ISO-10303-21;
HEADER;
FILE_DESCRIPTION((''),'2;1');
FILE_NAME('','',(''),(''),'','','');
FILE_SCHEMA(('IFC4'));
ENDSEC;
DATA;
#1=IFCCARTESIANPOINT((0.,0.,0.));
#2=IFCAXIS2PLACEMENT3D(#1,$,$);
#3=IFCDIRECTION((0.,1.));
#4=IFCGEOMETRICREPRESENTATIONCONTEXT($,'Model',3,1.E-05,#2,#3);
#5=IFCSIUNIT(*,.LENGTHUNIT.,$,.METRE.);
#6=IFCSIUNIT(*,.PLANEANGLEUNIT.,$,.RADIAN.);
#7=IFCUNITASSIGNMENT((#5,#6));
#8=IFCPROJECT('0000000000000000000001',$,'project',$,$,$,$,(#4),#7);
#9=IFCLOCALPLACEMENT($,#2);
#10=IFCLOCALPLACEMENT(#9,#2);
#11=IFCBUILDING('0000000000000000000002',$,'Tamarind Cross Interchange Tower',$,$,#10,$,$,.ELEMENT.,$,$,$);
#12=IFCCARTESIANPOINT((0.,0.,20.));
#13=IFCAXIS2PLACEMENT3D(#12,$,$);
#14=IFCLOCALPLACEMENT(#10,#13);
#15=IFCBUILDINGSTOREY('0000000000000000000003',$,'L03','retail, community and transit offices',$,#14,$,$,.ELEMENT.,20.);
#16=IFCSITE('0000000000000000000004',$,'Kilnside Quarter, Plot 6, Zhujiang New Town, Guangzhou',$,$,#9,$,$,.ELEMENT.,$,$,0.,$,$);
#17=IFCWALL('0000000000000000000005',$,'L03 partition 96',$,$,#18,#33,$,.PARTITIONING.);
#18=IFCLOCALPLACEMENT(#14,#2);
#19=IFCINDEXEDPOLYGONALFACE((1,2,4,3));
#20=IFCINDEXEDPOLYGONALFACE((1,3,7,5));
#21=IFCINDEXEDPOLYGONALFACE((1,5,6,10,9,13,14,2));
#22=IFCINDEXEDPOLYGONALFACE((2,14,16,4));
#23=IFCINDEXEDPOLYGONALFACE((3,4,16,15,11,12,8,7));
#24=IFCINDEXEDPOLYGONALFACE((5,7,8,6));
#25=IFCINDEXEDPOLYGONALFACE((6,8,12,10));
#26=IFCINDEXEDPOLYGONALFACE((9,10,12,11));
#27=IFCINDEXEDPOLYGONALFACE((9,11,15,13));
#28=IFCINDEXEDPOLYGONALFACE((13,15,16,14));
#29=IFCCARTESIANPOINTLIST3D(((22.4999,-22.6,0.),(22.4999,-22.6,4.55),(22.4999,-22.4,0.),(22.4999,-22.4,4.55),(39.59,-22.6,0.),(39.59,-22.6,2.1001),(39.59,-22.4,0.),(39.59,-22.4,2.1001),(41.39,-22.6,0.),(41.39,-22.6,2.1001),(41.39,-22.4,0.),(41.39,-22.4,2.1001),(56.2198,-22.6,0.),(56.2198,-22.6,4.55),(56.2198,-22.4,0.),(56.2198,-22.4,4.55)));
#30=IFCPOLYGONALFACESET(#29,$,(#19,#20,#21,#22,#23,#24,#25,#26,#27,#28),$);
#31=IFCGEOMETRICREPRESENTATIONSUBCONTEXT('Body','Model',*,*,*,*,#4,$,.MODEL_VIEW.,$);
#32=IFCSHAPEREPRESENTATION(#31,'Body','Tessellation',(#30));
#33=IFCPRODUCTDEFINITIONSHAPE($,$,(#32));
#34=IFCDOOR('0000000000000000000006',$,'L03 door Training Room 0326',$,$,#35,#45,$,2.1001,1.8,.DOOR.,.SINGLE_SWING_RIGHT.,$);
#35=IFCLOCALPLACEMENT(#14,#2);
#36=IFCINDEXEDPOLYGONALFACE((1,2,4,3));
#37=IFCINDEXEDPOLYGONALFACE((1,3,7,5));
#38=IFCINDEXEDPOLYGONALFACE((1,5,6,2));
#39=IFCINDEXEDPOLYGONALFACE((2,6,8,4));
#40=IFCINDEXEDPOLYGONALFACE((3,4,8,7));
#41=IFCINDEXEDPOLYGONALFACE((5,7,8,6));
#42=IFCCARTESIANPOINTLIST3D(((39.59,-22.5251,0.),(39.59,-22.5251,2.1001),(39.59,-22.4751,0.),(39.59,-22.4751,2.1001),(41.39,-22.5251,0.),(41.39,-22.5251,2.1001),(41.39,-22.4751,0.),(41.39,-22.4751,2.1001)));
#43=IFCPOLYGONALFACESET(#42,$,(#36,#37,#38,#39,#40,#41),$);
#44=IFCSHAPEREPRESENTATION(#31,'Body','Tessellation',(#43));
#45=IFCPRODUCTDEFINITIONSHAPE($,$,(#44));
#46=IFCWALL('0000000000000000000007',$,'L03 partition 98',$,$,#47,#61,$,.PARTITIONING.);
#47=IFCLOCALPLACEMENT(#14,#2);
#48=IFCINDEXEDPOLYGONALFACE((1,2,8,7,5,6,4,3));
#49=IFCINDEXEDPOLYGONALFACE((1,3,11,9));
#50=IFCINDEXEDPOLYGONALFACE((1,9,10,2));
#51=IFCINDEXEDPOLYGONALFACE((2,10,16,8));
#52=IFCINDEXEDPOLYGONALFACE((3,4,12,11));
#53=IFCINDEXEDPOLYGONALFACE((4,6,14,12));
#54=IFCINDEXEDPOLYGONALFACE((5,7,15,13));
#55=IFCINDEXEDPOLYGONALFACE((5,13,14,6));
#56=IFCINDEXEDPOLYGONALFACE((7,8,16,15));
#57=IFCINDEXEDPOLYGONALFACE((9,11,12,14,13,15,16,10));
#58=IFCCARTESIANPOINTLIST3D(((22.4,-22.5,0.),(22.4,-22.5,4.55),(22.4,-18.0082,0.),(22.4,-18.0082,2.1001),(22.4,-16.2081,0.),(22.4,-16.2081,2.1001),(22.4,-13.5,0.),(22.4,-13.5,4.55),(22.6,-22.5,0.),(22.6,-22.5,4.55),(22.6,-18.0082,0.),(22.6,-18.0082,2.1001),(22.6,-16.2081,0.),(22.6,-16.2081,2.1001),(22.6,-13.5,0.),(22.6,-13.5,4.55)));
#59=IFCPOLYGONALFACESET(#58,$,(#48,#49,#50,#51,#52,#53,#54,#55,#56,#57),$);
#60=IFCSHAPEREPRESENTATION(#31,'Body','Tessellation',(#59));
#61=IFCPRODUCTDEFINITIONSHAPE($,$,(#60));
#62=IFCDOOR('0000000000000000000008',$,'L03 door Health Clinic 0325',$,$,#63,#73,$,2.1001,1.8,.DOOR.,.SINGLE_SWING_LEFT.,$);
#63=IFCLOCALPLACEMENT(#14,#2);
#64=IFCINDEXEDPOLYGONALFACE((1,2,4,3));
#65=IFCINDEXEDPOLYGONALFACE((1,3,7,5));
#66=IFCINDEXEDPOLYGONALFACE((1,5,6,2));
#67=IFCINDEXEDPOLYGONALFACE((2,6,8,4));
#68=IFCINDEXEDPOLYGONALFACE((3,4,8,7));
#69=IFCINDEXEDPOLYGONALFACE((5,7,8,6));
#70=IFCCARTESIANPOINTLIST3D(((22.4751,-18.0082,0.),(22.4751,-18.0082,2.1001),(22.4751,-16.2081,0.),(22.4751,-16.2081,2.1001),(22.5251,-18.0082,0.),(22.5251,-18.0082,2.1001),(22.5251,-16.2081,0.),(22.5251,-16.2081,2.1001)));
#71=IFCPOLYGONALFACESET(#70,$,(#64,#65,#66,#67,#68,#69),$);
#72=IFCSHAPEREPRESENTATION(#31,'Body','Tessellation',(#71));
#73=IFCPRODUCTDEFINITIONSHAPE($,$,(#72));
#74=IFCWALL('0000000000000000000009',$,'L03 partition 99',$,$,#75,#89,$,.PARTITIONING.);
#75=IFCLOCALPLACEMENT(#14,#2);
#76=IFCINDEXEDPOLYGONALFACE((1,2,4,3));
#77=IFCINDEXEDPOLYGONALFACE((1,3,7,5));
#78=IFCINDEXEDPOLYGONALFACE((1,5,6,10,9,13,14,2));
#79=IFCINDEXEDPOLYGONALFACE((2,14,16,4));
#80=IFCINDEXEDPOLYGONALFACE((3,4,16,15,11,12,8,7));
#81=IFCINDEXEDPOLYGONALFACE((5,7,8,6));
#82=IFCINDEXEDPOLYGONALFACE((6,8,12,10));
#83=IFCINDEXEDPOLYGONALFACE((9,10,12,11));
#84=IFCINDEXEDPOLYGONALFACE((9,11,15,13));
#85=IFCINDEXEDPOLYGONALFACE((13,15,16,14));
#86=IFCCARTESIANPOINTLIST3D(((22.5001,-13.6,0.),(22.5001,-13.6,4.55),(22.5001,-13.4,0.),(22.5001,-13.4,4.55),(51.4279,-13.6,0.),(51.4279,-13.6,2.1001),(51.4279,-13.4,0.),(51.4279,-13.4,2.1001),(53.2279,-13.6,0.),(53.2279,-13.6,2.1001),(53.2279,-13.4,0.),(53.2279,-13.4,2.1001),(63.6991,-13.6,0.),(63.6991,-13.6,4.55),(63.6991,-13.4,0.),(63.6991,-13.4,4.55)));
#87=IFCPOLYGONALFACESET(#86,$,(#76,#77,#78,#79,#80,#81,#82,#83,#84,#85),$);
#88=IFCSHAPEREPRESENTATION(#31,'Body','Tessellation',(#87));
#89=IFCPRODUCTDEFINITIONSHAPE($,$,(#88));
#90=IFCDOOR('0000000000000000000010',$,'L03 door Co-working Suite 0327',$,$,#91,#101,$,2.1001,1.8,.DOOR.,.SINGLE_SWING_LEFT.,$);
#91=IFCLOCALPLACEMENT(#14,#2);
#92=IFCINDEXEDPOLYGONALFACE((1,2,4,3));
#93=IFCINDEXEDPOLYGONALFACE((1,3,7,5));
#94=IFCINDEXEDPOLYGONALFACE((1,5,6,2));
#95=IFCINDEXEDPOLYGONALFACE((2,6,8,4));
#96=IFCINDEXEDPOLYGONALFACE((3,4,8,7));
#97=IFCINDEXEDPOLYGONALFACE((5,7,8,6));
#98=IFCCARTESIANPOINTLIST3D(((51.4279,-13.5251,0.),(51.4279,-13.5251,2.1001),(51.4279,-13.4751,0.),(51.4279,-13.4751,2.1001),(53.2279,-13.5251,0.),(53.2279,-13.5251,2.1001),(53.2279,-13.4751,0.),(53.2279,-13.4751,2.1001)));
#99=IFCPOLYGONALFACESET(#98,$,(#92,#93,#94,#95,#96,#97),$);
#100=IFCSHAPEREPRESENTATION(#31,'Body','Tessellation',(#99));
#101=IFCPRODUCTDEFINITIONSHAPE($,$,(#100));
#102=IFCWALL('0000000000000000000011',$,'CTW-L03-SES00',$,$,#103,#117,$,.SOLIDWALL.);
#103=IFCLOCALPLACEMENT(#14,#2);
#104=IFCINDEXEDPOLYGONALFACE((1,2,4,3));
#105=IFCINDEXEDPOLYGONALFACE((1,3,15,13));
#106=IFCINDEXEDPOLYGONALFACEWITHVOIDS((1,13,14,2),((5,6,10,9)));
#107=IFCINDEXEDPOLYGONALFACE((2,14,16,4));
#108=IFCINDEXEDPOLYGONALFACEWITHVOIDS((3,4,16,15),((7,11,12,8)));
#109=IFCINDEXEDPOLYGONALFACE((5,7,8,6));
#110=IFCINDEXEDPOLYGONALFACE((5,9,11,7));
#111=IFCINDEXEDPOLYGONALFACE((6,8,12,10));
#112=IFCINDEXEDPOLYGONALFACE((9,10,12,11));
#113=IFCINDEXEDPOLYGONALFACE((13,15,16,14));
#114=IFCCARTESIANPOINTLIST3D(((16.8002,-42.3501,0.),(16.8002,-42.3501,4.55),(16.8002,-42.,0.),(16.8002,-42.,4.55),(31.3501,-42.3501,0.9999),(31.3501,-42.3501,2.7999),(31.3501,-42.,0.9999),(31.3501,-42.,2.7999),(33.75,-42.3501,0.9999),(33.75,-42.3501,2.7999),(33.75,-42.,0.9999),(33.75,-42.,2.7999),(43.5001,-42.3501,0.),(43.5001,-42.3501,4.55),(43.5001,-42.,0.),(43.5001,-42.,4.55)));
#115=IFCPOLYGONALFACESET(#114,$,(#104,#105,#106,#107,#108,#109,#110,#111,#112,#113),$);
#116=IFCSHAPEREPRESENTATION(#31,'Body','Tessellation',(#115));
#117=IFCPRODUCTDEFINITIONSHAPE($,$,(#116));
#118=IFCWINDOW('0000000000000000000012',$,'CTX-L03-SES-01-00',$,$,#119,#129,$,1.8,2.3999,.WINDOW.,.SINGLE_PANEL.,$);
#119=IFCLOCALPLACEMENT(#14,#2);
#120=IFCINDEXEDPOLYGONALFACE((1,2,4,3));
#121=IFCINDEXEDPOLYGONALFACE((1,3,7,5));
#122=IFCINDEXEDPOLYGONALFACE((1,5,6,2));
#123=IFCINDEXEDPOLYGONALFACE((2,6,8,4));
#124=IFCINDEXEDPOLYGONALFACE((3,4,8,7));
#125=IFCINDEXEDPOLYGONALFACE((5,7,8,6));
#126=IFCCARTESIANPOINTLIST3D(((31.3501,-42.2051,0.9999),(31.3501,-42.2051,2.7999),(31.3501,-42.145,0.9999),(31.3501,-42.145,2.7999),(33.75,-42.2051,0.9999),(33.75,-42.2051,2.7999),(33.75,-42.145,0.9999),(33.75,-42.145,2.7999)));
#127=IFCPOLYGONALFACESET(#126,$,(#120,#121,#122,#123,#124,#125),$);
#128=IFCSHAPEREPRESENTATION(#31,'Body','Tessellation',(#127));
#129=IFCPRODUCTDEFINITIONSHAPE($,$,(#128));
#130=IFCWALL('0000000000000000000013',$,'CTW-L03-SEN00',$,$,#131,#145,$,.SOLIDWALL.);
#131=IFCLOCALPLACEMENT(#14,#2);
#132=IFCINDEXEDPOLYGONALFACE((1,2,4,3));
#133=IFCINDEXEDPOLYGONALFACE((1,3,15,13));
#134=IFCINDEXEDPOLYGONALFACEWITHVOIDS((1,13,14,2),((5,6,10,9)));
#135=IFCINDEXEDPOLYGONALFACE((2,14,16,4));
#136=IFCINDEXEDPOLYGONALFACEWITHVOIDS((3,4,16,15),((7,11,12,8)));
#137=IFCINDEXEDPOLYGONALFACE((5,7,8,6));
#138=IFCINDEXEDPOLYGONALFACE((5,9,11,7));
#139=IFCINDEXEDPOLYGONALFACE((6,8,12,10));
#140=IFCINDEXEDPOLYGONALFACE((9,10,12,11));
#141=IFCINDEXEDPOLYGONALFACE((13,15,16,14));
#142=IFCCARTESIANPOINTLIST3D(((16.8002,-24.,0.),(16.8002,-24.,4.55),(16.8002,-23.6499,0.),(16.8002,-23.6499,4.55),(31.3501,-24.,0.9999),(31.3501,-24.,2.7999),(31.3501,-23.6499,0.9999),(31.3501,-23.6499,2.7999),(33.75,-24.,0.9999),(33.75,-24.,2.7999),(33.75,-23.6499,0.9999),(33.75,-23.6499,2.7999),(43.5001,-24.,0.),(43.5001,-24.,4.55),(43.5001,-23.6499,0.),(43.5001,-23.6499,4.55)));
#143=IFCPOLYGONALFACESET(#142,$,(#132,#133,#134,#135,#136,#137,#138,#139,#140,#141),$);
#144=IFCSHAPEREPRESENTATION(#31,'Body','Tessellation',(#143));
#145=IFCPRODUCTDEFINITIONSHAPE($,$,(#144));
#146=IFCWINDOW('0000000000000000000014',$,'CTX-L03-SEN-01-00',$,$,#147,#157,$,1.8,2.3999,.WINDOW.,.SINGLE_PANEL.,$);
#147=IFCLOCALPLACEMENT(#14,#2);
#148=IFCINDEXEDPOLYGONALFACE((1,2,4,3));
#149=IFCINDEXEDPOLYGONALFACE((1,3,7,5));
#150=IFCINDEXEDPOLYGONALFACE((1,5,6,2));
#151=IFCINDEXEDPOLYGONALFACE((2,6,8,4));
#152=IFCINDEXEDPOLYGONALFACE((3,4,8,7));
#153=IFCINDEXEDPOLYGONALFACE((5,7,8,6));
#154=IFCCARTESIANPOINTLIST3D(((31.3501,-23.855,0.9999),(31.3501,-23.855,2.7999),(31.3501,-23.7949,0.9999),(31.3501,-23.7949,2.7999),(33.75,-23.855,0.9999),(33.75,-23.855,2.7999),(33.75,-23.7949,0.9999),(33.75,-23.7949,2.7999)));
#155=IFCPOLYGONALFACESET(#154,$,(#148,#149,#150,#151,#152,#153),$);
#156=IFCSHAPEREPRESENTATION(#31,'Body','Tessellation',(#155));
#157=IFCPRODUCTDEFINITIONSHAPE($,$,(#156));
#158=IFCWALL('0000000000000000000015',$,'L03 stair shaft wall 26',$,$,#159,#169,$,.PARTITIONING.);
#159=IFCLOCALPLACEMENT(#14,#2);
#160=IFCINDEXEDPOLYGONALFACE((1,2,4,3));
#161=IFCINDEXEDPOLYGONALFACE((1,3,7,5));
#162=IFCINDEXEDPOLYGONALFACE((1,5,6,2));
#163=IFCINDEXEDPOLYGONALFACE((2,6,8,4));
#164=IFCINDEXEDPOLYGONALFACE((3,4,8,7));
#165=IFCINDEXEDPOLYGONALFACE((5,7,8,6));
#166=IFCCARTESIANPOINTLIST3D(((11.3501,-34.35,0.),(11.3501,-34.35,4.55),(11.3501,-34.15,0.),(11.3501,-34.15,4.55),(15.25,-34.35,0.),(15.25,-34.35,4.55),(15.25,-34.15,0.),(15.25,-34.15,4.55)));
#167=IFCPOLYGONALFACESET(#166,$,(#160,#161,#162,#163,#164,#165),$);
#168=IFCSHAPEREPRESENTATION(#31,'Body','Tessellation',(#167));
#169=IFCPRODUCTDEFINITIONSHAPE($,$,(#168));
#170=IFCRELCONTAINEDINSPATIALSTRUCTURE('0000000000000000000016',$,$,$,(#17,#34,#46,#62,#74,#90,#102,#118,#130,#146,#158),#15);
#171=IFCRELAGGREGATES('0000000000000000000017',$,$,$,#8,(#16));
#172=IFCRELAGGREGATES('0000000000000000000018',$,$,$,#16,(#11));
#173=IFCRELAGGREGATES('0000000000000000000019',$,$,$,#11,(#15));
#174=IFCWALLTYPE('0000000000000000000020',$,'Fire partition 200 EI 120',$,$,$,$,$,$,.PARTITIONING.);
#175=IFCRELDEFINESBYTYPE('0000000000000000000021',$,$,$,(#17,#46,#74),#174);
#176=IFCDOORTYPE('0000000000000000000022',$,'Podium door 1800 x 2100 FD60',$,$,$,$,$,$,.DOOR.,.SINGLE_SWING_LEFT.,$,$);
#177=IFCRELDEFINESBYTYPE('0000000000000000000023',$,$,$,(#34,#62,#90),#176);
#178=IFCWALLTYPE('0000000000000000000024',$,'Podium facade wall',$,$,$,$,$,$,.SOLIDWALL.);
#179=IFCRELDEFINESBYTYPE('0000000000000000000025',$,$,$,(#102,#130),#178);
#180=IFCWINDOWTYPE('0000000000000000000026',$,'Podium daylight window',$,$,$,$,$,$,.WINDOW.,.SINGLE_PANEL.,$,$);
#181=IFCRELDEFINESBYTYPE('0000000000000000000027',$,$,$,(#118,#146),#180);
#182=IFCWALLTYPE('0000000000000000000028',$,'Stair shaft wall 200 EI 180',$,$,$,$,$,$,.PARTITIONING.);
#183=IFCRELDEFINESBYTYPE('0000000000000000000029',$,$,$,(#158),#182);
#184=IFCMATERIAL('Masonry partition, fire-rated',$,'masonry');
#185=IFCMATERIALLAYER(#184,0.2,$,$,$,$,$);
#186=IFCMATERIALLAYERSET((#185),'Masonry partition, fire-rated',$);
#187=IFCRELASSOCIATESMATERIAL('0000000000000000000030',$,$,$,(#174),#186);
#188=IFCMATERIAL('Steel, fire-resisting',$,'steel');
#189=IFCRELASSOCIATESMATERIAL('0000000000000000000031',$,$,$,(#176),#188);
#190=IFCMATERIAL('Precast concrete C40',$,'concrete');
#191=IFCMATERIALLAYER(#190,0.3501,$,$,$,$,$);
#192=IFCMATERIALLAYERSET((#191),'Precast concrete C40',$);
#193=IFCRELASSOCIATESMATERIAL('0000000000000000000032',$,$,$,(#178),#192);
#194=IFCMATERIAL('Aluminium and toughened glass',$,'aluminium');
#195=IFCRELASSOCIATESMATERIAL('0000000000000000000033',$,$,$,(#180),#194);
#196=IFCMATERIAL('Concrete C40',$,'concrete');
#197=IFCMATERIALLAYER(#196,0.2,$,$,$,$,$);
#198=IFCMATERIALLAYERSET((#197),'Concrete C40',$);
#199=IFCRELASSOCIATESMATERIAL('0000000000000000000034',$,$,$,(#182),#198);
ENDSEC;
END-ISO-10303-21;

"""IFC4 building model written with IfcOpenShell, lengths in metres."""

from ifc_helpers import new_model, si_unit, direction, frame, frame_2d, origin, place, context, subcontext, project, spatial, rectangle, extrude, material, layer, layer_set, type_object, element, fill, save


model = new_model("IFC4")

# Units and contexts
model_context = context("Model", 3, precision=1e-05, world=origin(), true_north=direction((0.0, 1.0)))
body_context = subcontext(model_context, "Body", "Model", "MODEL_VIEW")
ifc_project = project(units=[si_unit("LENGTHUNIT", "METRE"), si_unit("PLANEANGLEUNIT", "RADIAN")], contexts=[model_context])

# Site, building, storey
site_placement = place(None, origin())
site = spatial("IfcSite", under=ifc_project, at=site_placement, Name="Kilnside Quarter, Plot 6, Zhujiang New Town, Guangzhou", CompositionType="ELEMENT", RefElevation=0.0)
building_placement = place(site_placement, origin())
building = spatial("IfcBuilding", under=site, at=building_placement, Name="Tamarind Cross Interchange Tower", CompositionType="ELEMENT")
storey_placement = place(building_placement, frame((0.0, 0.0, 20.0)))
storey = spatial("IfcBuildingStorey", under=building, at=storey_placement, Name="L03", Description="retail, community and transit offices", CompositionType="ELEMENT", Elevation=20.0)

# Shared definitions
ifc_material_1 = material(Name="Steel, fire-resisting", Category="steel")

# Shared definitions
ifc_material_2 = material(Name="Masonry partition, fire-rated", Category="masonry")
ifc_layer_1 = layer(ifc_material_2, 0.2)
ifc_layer_set_1 = layer_set([ifc_layer_1], Name="Masonry partition, fire-rated")
wall_type_1 = type_object("IfcWallType", Name="Fire partition 200 EI 120", PredefinedType="PARTITIONING", material=ifc_layer_set_1)

# Shared definitions
door_type_1 = type_object("IfcDoorType", Name="Podium door 1800 x 2100 FD60", OperationType="SINGLE_SWING_LEFT", PredefinedType="DOOR", material=ifc_material_1)

# Walls, openings, doors
wall_1_placement = place(storey_placement, frame((22.5, -22.5, 0.0), z_axis=(0.0, 0.0, 1.0), x_axis=(1.0, 0.0, 0.0)))
wall_1 = element("IfcWall", 1, at=wall_1_placement, inside=storey, type_object=wall_type_1, Name="L03 partition 96", PredefinedType="PARTITIONING", context=body_context, shape_type="SweptSolid", body=[
    extrude(rectangle(XDim=33.72, YDim=0.2, at=frame_2d((16.8599, 0.0))), origin(), (0.0, 0.0, 1.0), 4.55),
])
opening_1_placement = place(wall_1_placement, frame((17.0901, 0.0, 0.0)))
opening_1 = element("IfcOpeningElement", 2, at=opening_1_placement, cuts=wall_1, PredefinedType="OPENING", context=body_context, shape_type="SweptSolid", body=[
    extrude(rectangle(XDim=1.8, YDim=2.1001, at=frame_2d((0.8999, 1.05))), frame((0.0, 0.1099, 0.0), z_axis=(0.0, -1.0, 0.0), x_axis=(1.0, 0.0, 0.0)), (0.0, 0.0, 1.0), 0.22),
])
door_1_placement = place(opening_1_placement, origin())
door_1 = element("IfcDoor", 3, at=door_1_placement, inside=storey, type_object=door_type_1, Name="L03 door Training Room 0326", OperationType="SINGLE_SWING_RIGHT", OverallHeight=2.1001, OverallWidth=1.8, PredefinedType="DOOR", context=body_context, shape_type="SweptSolid", body=[
    extrude(rectangle(XDim=1.8, YDim=2.1001, at=frame_2d((0.8999, 1.05))), frame((0.0, 0.0249, 0.0), z_axis=(0.0, -1.0, 0.0), x_axis=(1.0, 0.0, 0.0)), (0.0, 0.0, 1.0), 0.05),
])
fill(opening_1, door_1)
wall_2_placement = place(storey_placement, frame((22.5, -22.5, 0.0), z_axis=(0.0, 0.0, 1.0), x_axis=(0.0, 1.0, 0.0)))
wall_2 = element("IfcWall", 4, at=wall_2_placement, inside=storey, type_object=wall_type_1, Name="L03 partition 98", PredefinedType="PARTITIONING", context=body_context, shape_type="SweptSolid", body=[
    extrude(rectangle(XDim=9.0, YDim=0.2, at=frame_2d((4.5, 0.0))), origin(), (0.0, 0.0, 1.0), 4.55),
])
opening_2_placement = place(wall_2_placement, frame((4.4919, 0.0, 0.0)))
opening_2 = element("IfcOpeningElement", 5, at=opening_2_placement, cuts=wall_2, PredefinedType="OPENING", context=body_context, shape_type="SweptSolid", body=[
    extrude(rectangle(XDim=1.8, YDim=2.1001, at=frame_2d((0.8999, 1.05))), frame((0.0, 0.1099, 0.0), z_axis=(0.0, -1.0, 0.0), x_axis=(1.0, 0.0, 0.0)), (0.0, 0.0, 1.0), 0.22),
])
door_2_placement = place(opening_2_placement, origin())
door_2 = element("IfcDoor", 6, at=door_2_placement, inside=storey, type_object=door_type_1, Name="L03 door Health Clinic 0325", OperationType="SINGLE_SWING_LEFT", OverallHeight=2.1001, OverallWidth=1.8, PredefinedType="DOOR", context=body_context, shape_type="SweptSolid", body=[
    extrude(rectangle(XDim=1.8, YDim=2.1001, at=frame_2d((0.8999, 1.05))), frame((0.0, 0.0249, 0.0), z_axis=(0.0, -1.0, 0.0), x_axis=(1.0, 0.0, 0.0)), (0.0, 0.0, 1.0), 0.05),
])
fill(opening_2, door_2)
wall_3_placement = place(storey_placement, frame((22.5, -13.5, 0.0), z_axis=(0.0, 0.0, 1.0), x_axis=(1.0, 0.0, 0.0)))
wall_3 = element("IfcWall", 7, at=wall_3_placement, inside=storey, type_object=wall_type_1, Name="L03 partition 99", PredefinedType="PARTITIONING", context=body_context, shape_type="SweptSolid", body=[
    extrude(rectangle(XDim=41.199, YDim=0.2, at=frame_2d((20.5996, 0.0))), origin(), (0.0, 0.0, 1.0), 4.55),
])
opening_3_placement = place(wall_3_placement, frame((28.928, 0.0, 0.0)))
opening_3 = element("IfcOpeningElement", 8, at=opening_3_placement, cuts=wall_3, PredefinedType="OPENING", context=body_context, shape_type="SweptSolid", body=[
    extrude(rectangle(XDim=1.8, YDim=2.1001, at=frame_2d((0.8999, 1.05))), frame((0.0, 0.1099, 0.0), z_axis=(0.0, -1.0, 0.0), x_axis=(1.0, 0.0, 0.0)), (0.0, 0.0, 1.0), 0.22),
])
door_3_placement = place(opening_3_placement, origin())
door_3 = element("IfcDoor", 9, at=door_3_placement, inside=storey, type_object=door_type_1, Name="L03 door Co-working Suite 0327", OperationType="SINGLE_SWING_LEFT", OverallHeight=2.1001, OverallWidth=1.8, PredefinedType="DOOR", context=body_context, shape_type="SweptSolid", body=[
    extrude(rectangle(XDim=1.8, YDim=2.1001, at=frame_2d((0.8999, 1.05))), frame((0.0, 0.0249, 0.0), z_axis=(0.0, -1.0, 0.0), x_axis=(1.0, 0.0, 0.0)), (0.0, 0.0, 1.0), 0.05),
])
fill(opening_3, door_3)

# Walls, openings, windows
ifc_material_3 = material(Name="Precast concrete C40", Category="concrete")
ifc_layer_2 = layer(ifc_material_3, 0.3501)
ifc_layer_set_2 = layer_set([ifc_layer_2], Name="Precast concrete C40")
wall_type_2 = type_object("IfcWallType", Name="Podium facade wall", PredefinedType="SOLIDWALL", material=ifc_layer_set_2)
wall_4_placement = place(storey_placement, frame((16.8, -42.175, 0.0), z_axis=(0.0, 0.0, 1.0), x_axis=(1.0, 0.0, 0.0)))
wall_4 = element("IfcWall", 10, at=wall_4_placement, inside=storey, type_object=wall_type_2, Name="CTW-L03-SES00", PredefinedType="SOLIDWALL", context=body_context, shape_type="SweptSolid", body=[
    extrude(rectangle(XDim=26.7, YDim=0.3501, at=frame_2d((13.3501, 0.0))), origin(), (0.0, 0.0, 1.0), 4.55),
])
opening_4_placement = place(wall_4_placement, frame((14.55, 0.0, 1.0)))
opening_4 = element("IfcOpeningElement", 11, at=opening_4_placement, cuts=wall_4, PredefinedType="OPENING", context=body_context, shape_type="SweptSolid", body=[
    extrude(rectangle(XDim=2.3999, YDim=1.8, at=frame_2d((1.2, 0.8999))), frame((0.0, 0.1851, 0.0), z_axis=(0.0, -1.0, 0.0), x_axis=(1.0, 0.0, 0.0)), (0.0, 0.0, 1.0), 0.3701),
])
ifc_material_4 = material(Name="Aluminium and toughened glass", Category="aluminium")
window_type = type_object("IfcWindowType", Name="Podium daylight window", PartitioningType="SINGLE_PANEL", PredefinedType="WINDOW", material=ifc_material_4)
window_1_placement = place(opening_4_placement, origin())
window_1 = element("IfcWindow", 12, at=window_1_placement, inside=storey, type_object=window_type, Name="CTX-L03-SES-01-00", OverallHeight=1.8, OverallWidth=2.3999, PartitioningType="SINGLE_PANEL", PredefinedType="WINDOW", context=body_context, shape_type="SweptSolid", body=[
    extrude(rectangle(XDim=2.3999, YDim=1.8, at=frame_2d((1.2, 0.8999))), frame((0.0, 0.03, 0.0), z_axis=(0.0, -1.0, 0.0), x_axis=(1.0, 0.0, 0.0)), (0.0, 0.0, 1.0), 0.0601),
])
fill(opening_4, window_1)
wall_5_placement = place(storey_placement, frame((16.8, -23.825, 0.0), z_axis=(0.0, 0.0, 1.0), x_axis=(1.0, 0.0, 0.0)))
wall_5 = element("IfcWall", 13, at=wall_5_placement, inside=storey, type_object=wall_type_2, Name="CTW-L03-SEN00", PredefinedType="SOLIDWALL", context=body_context, shape_type="SweptSolid", body=[
    extrude(rectangle(XDim=26.7, YDim=0.3501, at=frame_2d((13.3501, 0.0))), origin(), (0.0, 0.0, 1.0), 4.55),
])
opening_5_placement = place(wall_5_placement, frame((14.55, 0.0, 1.0)))
opening_5 = element("IfcOpeningElement", 14, at=opening_5_placement, cuts=wall_5, PredefinedType="OPENING", context=body_context, shape_type="SweptSolid", body=[
    extrude(rectangle(XDim=2.3999, YDim=1.8, at=frame_2d((1.2, 0.8999))), frame((0.0, 0.1851, 0.0), z_axis=(0.0, -1.0, 0.0), x_axis=(1.0, 0.0, 0.0)), (0.0, 0.0, 1.0), 0.3701),
])
window_2_placement = place(opening_5_placement, origin())
window_2 = element("IfcWindow", 15, at=window_2_placement, inside=storey, type_object=window_type, Name="CTX-L03-SEN-01-00", OverallHeight=1.8, OverallWidth=2.3999, PartitioningType="SINGLE_PANEL", PredefinedType="WINDOW", context=body_context, shape_type="SweptSolid", body=[
    extrude(rectangle(XDim=2.3999, YDim=1.8, at=frame_2d((1.2, 0.8999))), frame((0.0, 0.03, 0.0), z_axis=(0.0, -1.0, 0.0), x_axis=(1.0, 0.0, 0.0)), (0.0, 0.0, 1.0), 0.0601),
])
fill(opening_5, window_2)

# Wall
ifc_material_5 = material(Name="Concrete C40", Category="concrete")
ifc_layer_3 = layer(ifc_material_5, 0.2)
ifc_layer_set_3 = layer_set([ifc_layer_3], Name="Concrete C40")
wall_type_3 = type_object("IfcWallType", Name="Stair shaft wall 200 EI 180", PredefinedType="PARTITIONING", material=ifc_layer_set_3)
wall_6_placement = place(storey_placement, frame((11.3501, -34.25, 0.0), z_axis=(0.0, 0.0, 1.0), x_axis=(1.0, 0.0, 0.0)))
element("IfcWall", 16, at=wall_6_placement, inside=storey, type_object=wall_type_3, Name="L03 stair shaft wall 26", PredefinedType="PARTITIONING", context=body_context, shape_type="SweptSolid", body=[
    extrude(rectangle(XDim=3.8999, YDim=0.2, at=frame_2d((1.95, 0.0))), origin(), (0.0, 0.0, 1.0), 4.55),
])

save(model, "model.ifc")
